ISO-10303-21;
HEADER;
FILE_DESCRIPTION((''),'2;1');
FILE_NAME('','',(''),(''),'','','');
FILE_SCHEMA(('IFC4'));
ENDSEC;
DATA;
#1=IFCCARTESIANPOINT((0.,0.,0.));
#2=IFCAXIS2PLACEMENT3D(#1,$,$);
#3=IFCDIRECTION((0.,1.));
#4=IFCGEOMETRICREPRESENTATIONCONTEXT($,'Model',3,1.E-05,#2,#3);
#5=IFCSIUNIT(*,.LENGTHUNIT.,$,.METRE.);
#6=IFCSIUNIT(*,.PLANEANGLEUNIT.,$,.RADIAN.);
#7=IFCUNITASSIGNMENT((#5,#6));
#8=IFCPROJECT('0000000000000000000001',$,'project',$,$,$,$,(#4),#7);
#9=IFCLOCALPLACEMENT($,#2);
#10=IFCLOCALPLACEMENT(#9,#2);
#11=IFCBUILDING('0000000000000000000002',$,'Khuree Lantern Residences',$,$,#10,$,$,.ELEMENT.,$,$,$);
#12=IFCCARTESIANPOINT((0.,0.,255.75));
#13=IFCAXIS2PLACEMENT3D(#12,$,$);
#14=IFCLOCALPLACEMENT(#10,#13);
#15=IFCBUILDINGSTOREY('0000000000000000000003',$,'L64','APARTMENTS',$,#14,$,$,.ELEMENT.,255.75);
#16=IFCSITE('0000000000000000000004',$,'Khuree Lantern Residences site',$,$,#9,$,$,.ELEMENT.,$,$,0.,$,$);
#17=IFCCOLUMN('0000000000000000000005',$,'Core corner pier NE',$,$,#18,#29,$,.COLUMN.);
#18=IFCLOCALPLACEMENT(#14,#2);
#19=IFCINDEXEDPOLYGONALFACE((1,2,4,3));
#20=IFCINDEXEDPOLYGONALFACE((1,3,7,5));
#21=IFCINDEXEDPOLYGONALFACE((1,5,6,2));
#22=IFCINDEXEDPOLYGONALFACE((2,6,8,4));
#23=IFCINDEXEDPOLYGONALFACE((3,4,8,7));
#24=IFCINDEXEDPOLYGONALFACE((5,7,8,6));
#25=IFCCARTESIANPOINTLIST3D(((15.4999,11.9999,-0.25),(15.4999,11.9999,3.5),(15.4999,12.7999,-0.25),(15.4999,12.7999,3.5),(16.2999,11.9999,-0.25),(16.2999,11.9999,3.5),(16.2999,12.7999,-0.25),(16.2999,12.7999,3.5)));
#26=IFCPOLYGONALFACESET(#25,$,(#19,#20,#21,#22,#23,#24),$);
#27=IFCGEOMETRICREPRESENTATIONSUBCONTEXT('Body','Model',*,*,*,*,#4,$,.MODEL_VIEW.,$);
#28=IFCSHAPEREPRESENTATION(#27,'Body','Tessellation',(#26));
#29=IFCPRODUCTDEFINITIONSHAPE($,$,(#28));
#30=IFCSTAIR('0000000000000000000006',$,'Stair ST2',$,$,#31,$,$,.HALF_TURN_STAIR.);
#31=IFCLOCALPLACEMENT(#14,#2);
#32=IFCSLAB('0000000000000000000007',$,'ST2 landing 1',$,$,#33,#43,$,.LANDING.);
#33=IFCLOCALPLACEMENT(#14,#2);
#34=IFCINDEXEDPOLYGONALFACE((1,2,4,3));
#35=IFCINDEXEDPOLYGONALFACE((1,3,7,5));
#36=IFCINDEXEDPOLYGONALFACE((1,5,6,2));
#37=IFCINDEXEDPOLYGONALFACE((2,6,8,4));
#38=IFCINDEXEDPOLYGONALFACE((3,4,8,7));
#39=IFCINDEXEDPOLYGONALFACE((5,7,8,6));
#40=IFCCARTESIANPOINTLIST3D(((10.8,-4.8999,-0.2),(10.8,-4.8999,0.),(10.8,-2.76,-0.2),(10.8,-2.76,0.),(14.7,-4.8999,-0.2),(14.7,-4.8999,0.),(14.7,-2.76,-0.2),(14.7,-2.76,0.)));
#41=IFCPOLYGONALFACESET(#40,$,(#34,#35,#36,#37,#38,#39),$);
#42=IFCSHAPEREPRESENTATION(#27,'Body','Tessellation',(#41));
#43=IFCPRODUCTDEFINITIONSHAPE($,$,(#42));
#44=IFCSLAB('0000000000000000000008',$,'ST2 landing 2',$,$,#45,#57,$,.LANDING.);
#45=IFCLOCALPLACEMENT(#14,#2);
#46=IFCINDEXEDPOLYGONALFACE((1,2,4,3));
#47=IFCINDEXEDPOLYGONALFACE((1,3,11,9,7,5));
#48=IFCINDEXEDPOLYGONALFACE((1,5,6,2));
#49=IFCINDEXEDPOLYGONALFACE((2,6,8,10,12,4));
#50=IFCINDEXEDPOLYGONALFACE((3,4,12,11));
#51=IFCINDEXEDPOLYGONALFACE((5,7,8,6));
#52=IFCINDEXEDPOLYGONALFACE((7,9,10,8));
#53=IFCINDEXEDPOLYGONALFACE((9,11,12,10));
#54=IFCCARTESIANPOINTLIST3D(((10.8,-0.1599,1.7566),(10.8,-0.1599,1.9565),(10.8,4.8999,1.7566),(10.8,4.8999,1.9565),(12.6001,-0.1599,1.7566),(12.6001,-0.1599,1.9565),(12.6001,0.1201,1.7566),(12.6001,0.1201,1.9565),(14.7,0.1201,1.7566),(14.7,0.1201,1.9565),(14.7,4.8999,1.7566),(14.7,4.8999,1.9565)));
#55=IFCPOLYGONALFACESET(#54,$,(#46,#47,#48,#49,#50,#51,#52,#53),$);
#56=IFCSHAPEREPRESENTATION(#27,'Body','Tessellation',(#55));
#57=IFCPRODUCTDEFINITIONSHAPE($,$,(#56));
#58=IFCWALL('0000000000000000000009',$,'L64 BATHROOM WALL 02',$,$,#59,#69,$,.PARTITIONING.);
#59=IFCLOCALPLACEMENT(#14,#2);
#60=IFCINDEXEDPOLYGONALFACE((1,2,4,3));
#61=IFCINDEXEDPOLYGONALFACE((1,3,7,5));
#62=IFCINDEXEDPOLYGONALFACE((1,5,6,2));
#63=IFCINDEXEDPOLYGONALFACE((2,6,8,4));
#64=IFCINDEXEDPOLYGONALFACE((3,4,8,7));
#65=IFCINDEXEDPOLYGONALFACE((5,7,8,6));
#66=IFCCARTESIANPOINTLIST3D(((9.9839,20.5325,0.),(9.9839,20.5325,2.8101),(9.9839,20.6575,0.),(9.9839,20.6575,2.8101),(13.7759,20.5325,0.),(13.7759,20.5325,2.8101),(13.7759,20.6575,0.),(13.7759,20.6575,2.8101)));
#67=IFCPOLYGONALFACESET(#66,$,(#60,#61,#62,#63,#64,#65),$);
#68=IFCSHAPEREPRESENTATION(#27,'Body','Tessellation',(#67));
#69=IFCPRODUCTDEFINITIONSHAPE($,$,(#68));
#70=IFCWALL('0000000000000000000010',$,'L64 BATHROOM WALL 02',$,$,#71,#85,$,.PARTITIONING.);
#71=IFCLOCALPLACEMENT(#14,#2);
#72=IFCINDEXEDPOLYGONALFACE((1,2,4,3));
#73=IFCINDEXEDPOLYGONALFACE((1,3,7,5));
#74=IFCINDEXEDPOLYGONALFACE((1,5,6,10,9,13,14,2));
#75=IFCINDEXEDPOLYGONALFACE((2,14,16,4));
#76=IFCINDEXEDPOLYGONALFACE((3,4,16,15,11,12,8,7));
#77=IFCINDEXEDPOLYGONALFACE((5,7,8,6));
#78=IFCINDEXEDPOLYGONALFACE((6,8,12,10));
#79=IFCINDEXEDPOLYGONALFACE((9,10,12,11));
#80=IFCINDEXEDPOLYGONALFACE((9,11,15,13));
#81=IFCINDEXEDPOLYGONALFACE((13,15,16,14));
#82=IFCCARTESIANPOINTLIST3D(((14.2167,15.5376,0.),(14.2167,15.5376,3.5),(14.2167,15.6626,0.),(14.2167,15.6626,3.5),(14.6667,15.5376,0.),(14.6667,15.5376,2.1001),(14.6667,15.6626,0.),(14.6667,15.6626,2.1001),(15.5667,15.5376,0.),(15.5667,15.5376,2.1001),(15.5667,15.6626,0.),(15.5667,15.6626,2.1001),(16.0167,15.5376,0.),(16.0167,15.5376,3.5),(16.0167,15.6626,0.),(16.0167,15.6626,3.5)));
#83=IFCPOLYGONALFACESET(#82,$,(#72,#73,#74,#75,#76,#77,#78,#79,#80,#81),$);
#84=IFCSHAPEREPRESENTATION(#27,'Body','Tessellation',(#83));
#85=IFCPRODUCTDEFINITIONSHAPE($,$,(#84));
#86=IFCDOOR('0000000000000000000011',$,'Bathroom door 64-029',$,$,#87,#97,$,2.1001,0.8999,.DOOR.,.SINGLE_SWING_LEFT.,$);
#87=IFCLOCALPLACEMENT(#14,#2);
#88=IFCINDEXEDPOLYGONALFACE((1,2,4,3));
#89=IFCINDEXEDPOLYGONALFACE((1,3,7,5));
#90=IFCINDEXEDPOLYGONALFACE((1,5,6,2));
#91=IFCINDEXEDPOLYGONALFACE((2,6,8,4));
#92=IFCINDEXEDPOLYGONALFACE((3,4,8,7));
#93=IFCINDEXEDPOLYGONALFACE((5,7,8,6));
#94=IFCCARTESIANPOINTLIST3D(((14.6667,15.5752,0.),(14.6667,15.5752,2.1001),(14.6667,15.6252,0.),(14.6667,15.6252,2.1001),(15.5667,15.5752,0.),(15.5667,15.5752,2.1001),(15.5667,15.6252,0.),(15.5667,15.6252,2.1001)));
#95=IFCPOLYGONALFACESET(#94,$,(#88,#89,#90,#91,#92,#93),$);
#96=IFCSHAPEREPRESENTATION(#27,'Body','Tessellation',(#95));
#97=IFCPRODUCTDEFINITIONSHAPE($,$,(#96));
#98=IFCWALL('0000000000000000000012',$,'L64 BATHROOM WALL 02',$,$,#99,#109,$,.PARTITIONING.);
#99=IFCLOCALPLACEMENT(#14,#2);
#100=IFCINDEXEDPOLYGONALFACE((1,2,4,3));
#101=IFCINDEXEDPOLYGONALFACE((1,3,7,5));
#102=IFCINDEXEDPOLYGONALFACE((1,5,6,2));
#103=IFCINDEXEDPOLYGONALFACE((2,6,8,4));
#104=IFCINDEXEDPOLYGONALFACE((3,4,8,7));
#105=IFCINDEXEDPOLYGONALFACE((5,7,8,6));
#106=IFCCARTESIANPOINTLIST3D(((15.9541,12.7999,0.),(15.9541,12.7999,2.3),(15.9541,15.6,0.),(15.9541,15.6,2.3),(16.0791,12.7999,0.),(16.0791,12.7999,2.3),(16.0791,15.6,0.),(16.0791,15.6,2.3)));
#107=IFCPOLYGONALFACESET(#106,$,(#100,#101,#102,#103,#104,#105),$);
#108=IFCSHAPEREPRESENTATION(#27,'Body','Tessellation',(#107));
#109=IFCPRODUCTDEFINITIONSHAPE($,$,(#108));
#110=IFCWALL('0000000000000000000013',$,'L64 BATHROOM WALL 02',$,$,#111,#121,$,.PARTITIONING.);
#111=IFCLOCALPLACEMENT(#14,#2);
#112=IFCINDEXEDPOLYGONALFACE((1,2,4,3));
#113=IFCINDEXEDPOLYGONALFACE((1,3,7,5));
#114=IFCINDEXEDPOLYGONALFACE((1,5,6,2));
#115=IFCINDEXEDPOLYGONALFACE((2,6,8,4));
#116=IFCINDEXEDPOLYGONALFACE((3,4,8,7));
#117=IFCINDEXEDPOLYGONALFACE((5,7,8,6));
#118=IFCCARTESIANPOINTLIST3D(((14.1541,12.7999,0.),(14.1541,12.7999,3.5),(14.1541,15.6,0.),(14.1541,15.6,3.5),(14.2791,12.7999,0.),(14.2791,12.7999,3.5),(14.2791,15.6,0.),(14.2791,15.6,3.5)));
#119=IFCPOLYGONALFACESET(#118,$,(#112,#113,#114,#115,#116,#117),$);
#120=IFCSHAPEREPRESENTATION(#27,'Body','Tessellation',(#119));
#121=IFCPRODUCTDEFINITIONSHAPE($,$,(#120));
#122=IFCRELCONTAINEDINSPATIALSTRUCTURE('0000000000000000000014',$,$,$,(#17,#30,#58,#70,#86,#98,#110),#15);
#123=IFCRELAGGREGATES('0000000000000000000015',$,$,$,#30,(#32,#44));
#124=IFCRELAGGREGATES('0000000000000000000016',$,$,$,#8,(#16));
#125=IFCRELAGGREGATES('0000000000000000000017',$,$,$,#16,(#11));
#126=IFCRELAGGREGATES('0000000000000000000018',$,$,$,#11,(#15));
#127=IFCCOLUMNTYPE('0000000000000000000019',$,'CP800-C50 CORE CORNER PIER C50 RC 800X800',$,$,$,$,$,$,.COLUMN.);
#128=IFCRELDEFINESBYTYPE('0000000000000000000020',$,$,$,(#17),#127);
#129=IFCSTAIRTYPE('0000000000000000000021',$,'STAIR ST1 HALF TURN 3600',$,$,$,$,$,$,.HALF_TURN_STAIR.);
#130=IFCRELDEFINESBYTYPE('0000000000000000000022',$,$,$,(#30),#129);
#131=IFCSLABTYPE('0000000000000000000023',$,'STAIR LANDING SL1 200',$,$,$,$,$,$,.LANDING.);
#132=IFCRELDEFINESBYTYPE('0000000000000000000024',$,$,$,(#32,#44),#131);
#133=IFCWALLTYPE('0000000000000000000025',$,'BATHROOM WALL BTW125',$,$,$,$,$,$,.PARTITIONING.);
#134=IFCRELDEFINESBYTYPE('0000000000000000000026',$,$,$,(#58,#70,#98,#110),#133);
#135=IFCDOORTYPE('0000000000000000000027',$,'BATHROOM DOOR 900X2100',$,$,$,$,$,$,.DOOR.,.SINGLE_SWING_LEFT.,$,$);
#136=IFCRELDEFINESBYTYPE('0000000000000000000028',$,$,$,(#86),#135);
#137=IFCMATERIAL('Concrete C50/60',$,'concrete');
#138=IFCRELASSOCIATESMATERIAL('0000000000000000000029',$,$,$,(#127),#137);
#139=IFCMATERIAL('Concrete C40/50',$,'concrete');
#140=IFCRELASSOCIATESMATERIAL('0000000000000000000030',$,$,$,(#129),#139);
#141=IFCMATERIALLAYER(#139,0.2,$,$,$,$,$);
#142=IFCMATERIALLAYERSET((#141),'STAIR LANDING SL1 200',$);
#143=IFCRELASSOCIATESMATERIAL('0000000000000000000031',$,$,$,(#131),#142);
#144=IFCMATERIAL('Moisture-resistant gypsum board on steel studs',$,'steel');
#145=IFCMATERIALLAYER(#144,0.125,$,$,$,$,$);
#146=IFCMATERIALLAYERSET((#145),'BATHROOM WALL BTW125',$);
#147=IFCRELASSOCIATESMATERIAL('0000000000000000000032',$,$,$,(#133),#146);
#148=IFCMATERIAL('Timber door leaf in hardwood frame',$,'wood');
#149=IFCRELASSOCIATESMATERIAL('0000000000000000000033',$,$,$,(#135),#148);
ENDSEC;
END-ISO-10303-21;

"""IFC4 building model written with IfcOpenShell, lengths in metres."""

from ifc_helpers import new_model, si_unit, direction, frame, frame_2d, origin, origin_2d, place, context, subcontext, project, spatial, polyline, rectangle, outline, extrude, material, layer, layer_set, material_profile, profile_set, type_object, element, fill, aggregate, save


model = new_model("IFC4")

# Units and contexts
model_context = context("Model", 3, precision=1e-05, world=origin(), true_north=direction((0.0, 1.0)))
body_context = subcontext(model_context, "Body", "Model", "MODEL_VIEW")
ifc_project = project(units=[si_unit("LENGTHUNIT", "METRE"), si_unit("PLANEANGLEUNIT", "RADIAN")], contexts=[model_context])

# Site, building, storey
site_placement = place(None, origin())
site = spatial("IfcSite", under=ifc_project, at=site_placement, Name="Khuree Lantern Residences site", CompositionType="ELEMENT", RefElevation=0.0)
building_placement = place(site_placement, origin())
building = spatial("IfcBuilding", under=site, at=building_placement, Name="Khuree Lantern Residences", CompositionType="ELEMENT")
storey_placement = place(building_placement, frame((0.0, 0.0, 255.75)))
storey = spatial("IfcBuildingStorey", under=building, at=storey_placement, Name="L64", Description="APARTMENTS", CompositionType="ELEMENT", Elevation=255.75)

# Column
ifc_material_1 = material(Name="Concrete C50/60", Category="concrete")
ifc_material_profile = material_profile(ifc_material_1, rectangle(XDim=0.8, YDim=0.8, at=origin_2d()), Name="RC 800X800")
ifc_profile_set = profile_set([ifc_material_profile], Name="Concrete C50/60")
column_type = type_object("IfcColumnType", Name="CP800-C50 CORE CORNER PIER C50 RC 800X800", PredefinedType="COLUMN", material=ifc_profile_set)
column_placement = place(storey_placement, frame((15.8999, 12.3999, -0.25), z_axis=(0.0, 0.0, 1.0), x_axis=(1.0, 0.0, 0.0)))
element("IfcColumn", 1, at=column_placement, inside=storey, type_object=column_type, Name="Core corner pier NE", PredefinedType="COLUMN", context=body_context, shape_type="SweptSolid", body=[
    extrude(rectangle(XDim=0.8, YDim=0.8, at=origin_2d()), origin(), (0.0, 0.0, 1.0), 3.75),
])

# Stair, slabs
ifc_material_2 = material(Name="Concrete C40/50", Category="concrete")
stair_type = type_object("IfcStairType", Name="STAIR ST1 HALF TURN 3600", PredefinedType="HALF_TURN_STAIR", material=ifc_material_2)
stair_placement = place(storey_placement, origin())
stair = element("IfcStair", 2, at=stair_placement, inside=storey, type_object=stair_type, Name="Stair ST2", PredefinedType="HALF_TURN_STAIR")
ifc_layer_1 = layer(ifc_material_2, 0.2)
ifc_layer_set_1 = layer_set([ifc_layer_1], Name="STAIR LANDING SL1 200")
slab_type = type_object("IfcSlabType", Name="STAIR LANDING SL1 200", PredefinedType="LANDING", material=ifc_layer_set_1)
slab_1_placement = place(storey_placement, frame((0.0, 0.0, -0.2)))
slab_1 = element("IfcSlab", 3, at=slab_1_placement, type_object=slab_type, Name="ST2 landing 1", PredefinedType="LANDING", context=body_context, shape_type="SweptSolid", body=[
    extrude(outline(polyline([(10.8, -4.8999), (14.7, -4.8999), (14.7, -2.76), (10.8, -2.76), (10.8, -4.8999)])), origin(), (0.0, 0.0, 1.0), 0.2),
])
slab_2_placement = place(storey_placement, frame((0.0, 0.0, 1.7566)))
slab_2 = element("IfcSlab", 4, at=slab_2_placement, type_object=slab_type, Name="ST2 landing 2", PredefinedType="LANDING", context=body_context, shape_type="SweptSolid", body=[
    extrude(outline(polyline([(14.7, 4.8999), (14.7, 0.1201), (12.6001, 0.1201), (12.6001, -0.1599), (10.8, -0.1599), (10.8, 4.8999), (14.7, 4.8999)])), origin(), (0.0, 0.0, 1.0), 0.2),
])
aggregate(stair, [slab_1, slab_2])

# Wall
ifc_material_3 = material(Name="Moisture-resistant gypsum board on steel studs", Category="steel")
ifc_layer_2 = layer(ifc_material_3, 0.125)
ifc_layer_set_2 = layer_set([ifc_layer_2], Name="BATHROOM WALL BTW125")
wall_type_1 = type_object("IfcWallType", Name="BATHROOM WALL BTW125", PredefinedType="PARTITIONING", material=ifc_layer_set_2)
wall_1_placement = place(storey_placement, frame((13.7759, 20.595, 0.0), z_axis=(0.0, 0.0, 1.0), x_axis=(-1.0, 0.0, 0.0)))
element("IfcWall", 5, at=wall_1_placement, inside=storey, type_object=wall_type_1, Name="L64 BATHROOM WALL 02", PredefinedType="PARTITIONING", context=body_context, shape_type="SweptSolid", body=[
    extrude(rectangle(XDim=3.792, YDim=0.125, at=frame_2d((1.896, 0.0))), origin(), (0.0, 0.0, 1.0), 2.8101),
])

# Wall, opening, door
wall_2_placement = place(storey_placement, frame((16.0166, 15.6001, 0.0), z_axis=(0.0, 0.0, 1.0), x_axis=(-1.0, 0.0, 0.0)))
wall_2 = element("IfcWall", 6, at=wall_2_placement, inside=storey, type_object=wall_type_1, Name="L64 BATHROOM WALL 02", PredefinedType="PARTITIONING", context=body_context, shape_type="SweptSolid", body=[
    extrude(rectangle(XDim=1.8, YDim=0.125, at=frame_2d((0.8999, 0.0))), origin(), (0.0, 0.0, 1.0), 3.5),
])
opening_1_placement = place(wall_2_placement, frame((0.45, 0.0, 0.0)))
opening_1 = element("IfcOpeningElement", 7, at=opening_1_placement, cuts=wall_2, PredefinedType="OPENING", context=body_context, shape_type="SweptSolid", body=[
    extrude(rectangle(XDim=0.8999, YDim=2.1001, at=frame_2d((0.45, 1.05))), frame((0.0, 0.0725, 0.0), z_axis=(0.0, -1.0, 0.0), x_axis=(1.0, 0.0, 0.0)), (0.0, 0.0, 1.0), 0.145),
])
ifc_material_4 = material(Name="Timber door leaf in hardwood frame", Category="wood")
door_type_1 = type_object("IfcDoorType", Name="BATHROOM DOOR 900X2100", OperationType="SINGLE_SWING_LEFT", PredefinedType="DOOR", material=ifc_material_4)
door_1_placement = place(opening_1_placement, origin())
door_1 = element("IfcDoor", 8, at=door_1_placement, inside=storey, type_object=door_type_1, Name="Bathroom door 64-029", OperationType="SINGLE_SWING_LEFT", OverallHeight=2.1001, OverallWidth=0.8999, PredefinedType="DOOR", context=body_context, shape_type="SweptSolid", body=[
    extrude(rectangle(XDim=0.8999, YDim=2.1001, at=frame_2d((0.45, 1.05))), frame((0.0, 0.0249, 0.0), z_axis=(0.0, -1.0, 0.0), x_axis=(1.0, 0.0, 0.0)), (0.0, 0.0, 1.0), 0.05),
])
fill(opening_1, door_1)

# Walls
wall_3_placement = place(storey_placement, frame((16.0166, 12.8, 0.0), z_axis=(0.0, 0.0, 1.0), x_axis=(0.0, 1.0, 0.0)))
element("IfcWall", 9, at=wall_3_placement, inside=storey, type_object=wall_type_1, Name="L64 BATHROOM WALL 02", PredefinedType="PARTITIONING", context=body_context, shape_type="SweptSolid", body=[
    extrude(rectangle(XDim=2.8, YDim=0.125, at=frame_2d((1.3999, 0.0))), origin(), (0.0, 0.0, 1.0), 2.3),
])
wall_4_placement = place(storey_placement, frame((14.2166, 12.8, 0.0), z_axis=(0.0, 0.0, 1.0), x_axis=(0.0, 1.0, 0.0)))
element("IfcWall", 10, at=wall_4_placement, inside=storey, type_object=wall_type_1, Name="L64 BATHROOM WALL 02", PredefinedType="PARTITIONING", context=body_context, shape_type="SweptSolid", body=[
    extrude(rectangle(XDim=2.8, YDim=0.125, at=frame_2d((1.3999, 0.0))), origin(), (0.0, 0.0, 1.0), 3.5),
])

save(model, "model.ifc")
